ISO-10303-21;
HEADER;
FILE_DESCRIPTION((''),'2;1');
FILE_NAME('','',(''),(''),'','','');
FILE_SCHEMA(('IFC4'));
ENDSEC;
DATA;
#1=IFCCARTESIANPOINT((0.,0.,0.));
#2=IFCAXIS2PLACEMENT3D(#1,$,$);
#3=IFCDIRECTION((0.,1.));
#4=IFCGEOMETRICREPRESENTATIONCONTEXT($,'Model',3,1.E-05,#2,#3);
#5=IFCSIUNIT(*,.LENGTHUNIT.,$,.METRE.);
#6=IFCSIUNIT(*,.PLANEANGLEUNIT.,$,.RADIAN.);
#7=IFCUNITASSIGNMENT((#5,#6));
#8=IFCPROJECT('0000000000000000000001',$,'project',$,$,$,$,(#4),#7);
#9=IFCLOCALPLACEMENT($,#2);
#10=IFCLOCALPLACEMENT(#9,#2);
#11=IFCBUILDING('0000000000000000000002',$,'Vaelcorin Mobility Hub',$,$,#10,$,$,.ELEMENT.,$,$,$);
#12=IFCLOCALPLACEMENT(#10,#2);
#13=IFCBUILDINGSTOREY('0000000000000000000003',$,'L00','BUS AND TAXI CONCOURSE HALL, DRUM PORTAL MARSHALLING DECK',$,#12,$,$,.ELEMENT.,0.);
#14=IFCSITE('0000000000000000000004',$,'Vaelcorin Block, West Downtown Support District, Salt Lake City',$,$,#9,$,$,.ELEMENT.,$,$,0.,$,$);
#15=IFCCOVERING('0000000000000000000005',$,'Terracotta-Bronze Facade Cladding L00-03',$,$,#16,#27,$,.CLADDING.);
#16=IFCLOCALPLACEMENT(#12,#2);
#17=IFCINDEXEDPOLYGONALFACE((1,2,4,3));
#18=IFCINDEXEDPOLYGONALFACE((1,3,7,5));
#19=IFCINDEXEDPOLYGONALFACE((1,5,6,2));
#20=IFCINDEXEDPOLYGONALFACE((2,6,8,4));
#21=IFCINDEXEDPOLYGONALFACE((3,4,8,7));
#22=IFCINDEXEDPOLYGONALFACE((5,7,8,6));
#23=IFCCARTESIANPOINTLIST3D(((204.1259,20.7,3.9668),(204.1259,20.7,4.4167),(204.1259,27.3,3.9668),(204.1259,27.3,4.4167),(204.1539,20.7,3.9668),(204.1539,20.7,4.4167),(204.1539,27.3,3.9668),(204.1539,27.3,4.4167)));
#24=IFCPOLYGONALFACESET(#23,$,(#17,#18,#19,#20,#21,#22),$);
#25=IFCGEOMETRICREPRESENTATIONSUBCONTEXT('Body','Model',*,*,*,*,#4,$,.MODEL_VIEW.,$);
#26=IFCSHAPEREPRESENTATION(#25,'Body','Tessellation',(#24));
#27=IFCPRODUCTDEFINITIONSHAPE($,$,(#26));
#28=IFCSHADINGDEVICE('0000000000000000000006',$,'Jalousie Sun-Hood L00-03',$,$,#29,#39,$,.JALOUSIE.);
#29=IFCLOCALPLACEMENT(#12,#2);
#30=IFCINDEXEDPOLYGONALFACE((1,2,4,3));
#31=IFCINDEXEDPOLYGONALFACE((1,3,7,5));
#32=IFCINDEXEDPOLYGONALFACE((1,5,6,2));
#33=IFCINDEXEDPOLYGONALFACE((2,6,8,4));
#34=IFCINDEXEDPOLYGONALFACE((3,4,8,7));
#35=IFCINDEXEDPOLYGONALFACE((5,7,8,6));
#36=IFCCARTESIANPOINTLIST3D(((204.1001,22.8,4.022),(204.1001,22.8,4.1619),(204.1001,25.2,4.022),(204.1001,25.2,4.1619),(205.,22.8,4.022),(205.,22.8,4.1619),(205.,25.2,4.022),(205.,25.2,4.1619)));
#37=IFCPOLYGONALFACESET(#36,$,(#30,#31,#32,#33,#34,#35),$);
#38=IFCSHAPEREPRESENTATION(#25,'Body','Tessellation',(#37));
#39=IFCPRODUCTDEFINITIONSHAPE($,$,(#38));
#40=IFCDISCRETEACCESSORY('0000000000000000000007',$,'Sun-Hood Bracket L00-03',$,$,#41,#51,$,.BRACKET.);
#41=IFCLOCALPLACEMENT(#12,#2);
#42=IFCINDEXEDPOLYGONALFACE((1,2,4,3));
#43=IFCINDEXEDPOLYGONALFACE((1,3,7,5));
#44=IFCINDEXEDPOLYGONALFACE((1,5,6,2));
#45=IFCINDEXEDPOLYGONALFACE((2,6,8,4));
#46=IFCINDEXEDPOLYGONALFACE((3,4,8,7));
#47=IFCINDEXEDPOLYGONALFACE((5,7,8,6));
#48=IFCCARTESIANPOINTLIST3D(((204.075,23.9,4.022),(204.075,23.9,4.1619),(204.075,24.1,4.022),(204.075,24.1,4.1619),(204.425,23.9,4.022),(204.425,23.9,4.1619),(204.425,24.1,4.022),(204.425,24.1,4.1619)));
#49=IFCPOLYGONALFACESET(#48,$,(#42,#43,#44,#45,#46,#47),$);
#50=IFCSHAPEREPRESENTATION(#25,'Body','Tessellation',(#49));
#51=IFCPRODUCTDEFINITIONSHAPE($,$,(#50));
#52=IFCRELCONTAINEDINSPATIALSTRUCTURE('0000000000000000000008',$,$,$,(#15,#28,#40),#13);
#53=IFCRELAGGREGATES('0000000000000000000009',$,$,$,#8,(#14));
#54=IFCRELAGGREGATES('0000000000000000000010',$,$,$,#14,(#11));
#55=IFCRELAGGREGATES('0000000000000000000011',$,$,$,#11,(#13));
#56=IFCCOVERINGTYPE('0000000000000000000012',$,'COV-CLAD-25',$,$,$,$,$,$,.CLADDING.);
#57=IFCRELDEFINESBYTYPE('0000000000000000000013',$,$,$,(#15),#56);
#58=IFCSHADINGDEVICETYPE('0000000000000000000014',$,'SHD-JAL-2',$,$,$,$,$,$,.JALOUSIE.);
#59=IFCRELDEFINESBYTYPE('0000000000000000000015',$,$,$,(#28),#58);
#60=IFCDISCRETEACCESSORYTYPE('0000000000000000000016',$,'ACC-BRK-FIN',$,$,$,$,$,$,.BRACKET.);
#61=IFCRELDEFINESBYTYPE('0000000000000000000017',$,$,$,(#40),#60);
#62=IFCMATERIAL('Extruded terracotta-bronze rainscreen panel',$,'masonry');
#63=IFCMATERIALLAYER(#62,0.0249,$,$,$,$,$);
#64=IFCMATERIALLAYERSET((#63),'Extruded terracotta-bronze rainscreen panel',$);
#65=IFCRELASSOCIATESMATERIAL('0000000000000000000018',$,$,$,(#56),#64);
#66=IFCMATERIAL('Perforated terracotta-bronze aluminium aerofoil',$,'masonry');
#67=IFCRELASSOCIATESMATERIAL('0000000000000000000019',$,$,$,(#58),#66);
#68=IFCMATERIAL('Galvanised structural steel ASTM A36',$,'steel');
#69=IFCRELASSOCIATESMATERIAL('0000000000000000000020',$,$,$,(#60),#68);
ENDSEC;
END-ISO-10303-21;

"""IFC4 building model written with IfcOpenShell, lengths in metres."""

from ifc_helpers import new_model, si_unit, direction, frame, origin, origin_2d, place, context, subcontext, project, spatial, rectangle, extrude, material, layer, layer_set, type_object, element, save


model = new_model("IFC4")

# Units and contexts
model_context = context("Model", 3, precision=1e-05, world=origin(), true_north=direction((0.0, 1.0)))
body_context = subcontext(model_context, "Body", "Model", "MODEL_VIEW")
ifc_project = project(units=[si_unit("LENGTHUNIT", "METRE"), si_unit("PLANEANGLEUNIT", "RADIAN")], contexts=[model_context])

# Site, building, storey
site_placement = place(None, origin())
site = spatial("IfcSite", under=ifc_project, at=site_placement, Name="Vaelcorin Block, West Downtown Support District, Salt Lake City", CompositionType="ELEMENT", RefElevation=0.0)
building_placement = place(site_placement, origin())
building = spatial("IfcBuilding", under=site, at=building_placement, Name="Vaelcorin Mobility Hub", CompositionType="ELEMENT")
storey_placement = place(building_placement, origin())
storey = spatial("IfcBuildingStorey", under=building, at=storey_placement, Name="L00", Description="BUS AND TAXI CONCOURSE HALL, DRUM PORTAL MARSHALLING DECK", CompositionType="ELEMENT", Elevation=0.0)

# Shared definitions
ifc_material_1 = material(Name="Extruded terracotta-bronze rainscreen panel", Category="masonry")

# Covering
ifc_layer_1 = layer(ifc_material_1, 0.0249)
ifc_layer_set_1 = layer_set([ifc_layer_1], Name="Extruded terracotta-bronze rainscreen panel")
covering_type = type_object("IfcCoveringType", Name="COV-CLAD-25", PredefinedType="CLADDING", material=ifc_layer_set_1)
covering_placement = place(storey_placement, frame((204.1399, 24.0, 3.9668), z_axis=(0.0, 0.0, 1.0), x_axis=(1.0, 0.0, 0.0)))
element("IfcCovering", 1, at=covering_placement, inside=storey, type_object=covering_type, Name="Terracotta-Bronze Facade Cladding L00-03", PredefinedType="CLADDING", context=body_context, shape_type="SweptSolid", body=[
    extrude(rectangle(XDim=0.0281, YDim=6.6001, at=origin_2d()), origin(), (0.0, 0.0, 1.0), 0.45),
])

# Shading device
ifc_material_2 = material(Name="Perforated terracotta-bronze aluminium aerofoil", Category="masonry")
shading_device_type = type_object("IfcShadingDeviceType", Name="SHD-JAL-2", PredefinedType="JALOUSIE", material=ifc_material_2)
shading_device_placement = place(storey_placement, frame((204.55, 24.0, 4.022), z_axis=(0.0, 0.0, 1.0), x_axis=(1.0, 0.0, 0.0)))
element("IfcShadingDevice", 2, at=shading_device_placement, inside=storey, type_object=shading_device_type, Name="Jalousie Sun-Hood L00-03", PredefinedType="JALOUSIE", context=body_context, shape_type="SweptSolid", body=[
    extrude(rectangle(XDim=0.8999, YDim=2.3999, at=origin_2d()), origin(), (0.0, 0.0, 1.0), 0.1399),
])

# Discrete accessory
ifc_material_3 = material(Name="Galvanised structural steel ASTM A36", Category="steel")
discrete_accessory_type = type_object("IfcDiscreteAccessoryType", Name="ACC-BRK-FIN", PredefinedType="BRACKET", material=ifc_material_3)
discrete_accessory_placement = place(storey_placement, frame((204.25, 24.0, 4.022), z_axis=(0.0, 0.0, 1.0), x_axis=(1.0, 0.0, 0.0)))
element("IfcDiscreteAccessory", 3, at=discrete_accessory_placement, inside=storey, type_object=discrete_accessory_type, Name="Sun-Hood Bracket L00-03", PredefinedType="BRACKET", context=body_context, shape_type="SweptSolid", body=[
    extrude(rectangle(XDim=0.3501, YDim=0.2, at=origin_2d()), origin(), (0.0, 0.0, 1.0), 0.1399),
])

save(model, "model.ifc")
